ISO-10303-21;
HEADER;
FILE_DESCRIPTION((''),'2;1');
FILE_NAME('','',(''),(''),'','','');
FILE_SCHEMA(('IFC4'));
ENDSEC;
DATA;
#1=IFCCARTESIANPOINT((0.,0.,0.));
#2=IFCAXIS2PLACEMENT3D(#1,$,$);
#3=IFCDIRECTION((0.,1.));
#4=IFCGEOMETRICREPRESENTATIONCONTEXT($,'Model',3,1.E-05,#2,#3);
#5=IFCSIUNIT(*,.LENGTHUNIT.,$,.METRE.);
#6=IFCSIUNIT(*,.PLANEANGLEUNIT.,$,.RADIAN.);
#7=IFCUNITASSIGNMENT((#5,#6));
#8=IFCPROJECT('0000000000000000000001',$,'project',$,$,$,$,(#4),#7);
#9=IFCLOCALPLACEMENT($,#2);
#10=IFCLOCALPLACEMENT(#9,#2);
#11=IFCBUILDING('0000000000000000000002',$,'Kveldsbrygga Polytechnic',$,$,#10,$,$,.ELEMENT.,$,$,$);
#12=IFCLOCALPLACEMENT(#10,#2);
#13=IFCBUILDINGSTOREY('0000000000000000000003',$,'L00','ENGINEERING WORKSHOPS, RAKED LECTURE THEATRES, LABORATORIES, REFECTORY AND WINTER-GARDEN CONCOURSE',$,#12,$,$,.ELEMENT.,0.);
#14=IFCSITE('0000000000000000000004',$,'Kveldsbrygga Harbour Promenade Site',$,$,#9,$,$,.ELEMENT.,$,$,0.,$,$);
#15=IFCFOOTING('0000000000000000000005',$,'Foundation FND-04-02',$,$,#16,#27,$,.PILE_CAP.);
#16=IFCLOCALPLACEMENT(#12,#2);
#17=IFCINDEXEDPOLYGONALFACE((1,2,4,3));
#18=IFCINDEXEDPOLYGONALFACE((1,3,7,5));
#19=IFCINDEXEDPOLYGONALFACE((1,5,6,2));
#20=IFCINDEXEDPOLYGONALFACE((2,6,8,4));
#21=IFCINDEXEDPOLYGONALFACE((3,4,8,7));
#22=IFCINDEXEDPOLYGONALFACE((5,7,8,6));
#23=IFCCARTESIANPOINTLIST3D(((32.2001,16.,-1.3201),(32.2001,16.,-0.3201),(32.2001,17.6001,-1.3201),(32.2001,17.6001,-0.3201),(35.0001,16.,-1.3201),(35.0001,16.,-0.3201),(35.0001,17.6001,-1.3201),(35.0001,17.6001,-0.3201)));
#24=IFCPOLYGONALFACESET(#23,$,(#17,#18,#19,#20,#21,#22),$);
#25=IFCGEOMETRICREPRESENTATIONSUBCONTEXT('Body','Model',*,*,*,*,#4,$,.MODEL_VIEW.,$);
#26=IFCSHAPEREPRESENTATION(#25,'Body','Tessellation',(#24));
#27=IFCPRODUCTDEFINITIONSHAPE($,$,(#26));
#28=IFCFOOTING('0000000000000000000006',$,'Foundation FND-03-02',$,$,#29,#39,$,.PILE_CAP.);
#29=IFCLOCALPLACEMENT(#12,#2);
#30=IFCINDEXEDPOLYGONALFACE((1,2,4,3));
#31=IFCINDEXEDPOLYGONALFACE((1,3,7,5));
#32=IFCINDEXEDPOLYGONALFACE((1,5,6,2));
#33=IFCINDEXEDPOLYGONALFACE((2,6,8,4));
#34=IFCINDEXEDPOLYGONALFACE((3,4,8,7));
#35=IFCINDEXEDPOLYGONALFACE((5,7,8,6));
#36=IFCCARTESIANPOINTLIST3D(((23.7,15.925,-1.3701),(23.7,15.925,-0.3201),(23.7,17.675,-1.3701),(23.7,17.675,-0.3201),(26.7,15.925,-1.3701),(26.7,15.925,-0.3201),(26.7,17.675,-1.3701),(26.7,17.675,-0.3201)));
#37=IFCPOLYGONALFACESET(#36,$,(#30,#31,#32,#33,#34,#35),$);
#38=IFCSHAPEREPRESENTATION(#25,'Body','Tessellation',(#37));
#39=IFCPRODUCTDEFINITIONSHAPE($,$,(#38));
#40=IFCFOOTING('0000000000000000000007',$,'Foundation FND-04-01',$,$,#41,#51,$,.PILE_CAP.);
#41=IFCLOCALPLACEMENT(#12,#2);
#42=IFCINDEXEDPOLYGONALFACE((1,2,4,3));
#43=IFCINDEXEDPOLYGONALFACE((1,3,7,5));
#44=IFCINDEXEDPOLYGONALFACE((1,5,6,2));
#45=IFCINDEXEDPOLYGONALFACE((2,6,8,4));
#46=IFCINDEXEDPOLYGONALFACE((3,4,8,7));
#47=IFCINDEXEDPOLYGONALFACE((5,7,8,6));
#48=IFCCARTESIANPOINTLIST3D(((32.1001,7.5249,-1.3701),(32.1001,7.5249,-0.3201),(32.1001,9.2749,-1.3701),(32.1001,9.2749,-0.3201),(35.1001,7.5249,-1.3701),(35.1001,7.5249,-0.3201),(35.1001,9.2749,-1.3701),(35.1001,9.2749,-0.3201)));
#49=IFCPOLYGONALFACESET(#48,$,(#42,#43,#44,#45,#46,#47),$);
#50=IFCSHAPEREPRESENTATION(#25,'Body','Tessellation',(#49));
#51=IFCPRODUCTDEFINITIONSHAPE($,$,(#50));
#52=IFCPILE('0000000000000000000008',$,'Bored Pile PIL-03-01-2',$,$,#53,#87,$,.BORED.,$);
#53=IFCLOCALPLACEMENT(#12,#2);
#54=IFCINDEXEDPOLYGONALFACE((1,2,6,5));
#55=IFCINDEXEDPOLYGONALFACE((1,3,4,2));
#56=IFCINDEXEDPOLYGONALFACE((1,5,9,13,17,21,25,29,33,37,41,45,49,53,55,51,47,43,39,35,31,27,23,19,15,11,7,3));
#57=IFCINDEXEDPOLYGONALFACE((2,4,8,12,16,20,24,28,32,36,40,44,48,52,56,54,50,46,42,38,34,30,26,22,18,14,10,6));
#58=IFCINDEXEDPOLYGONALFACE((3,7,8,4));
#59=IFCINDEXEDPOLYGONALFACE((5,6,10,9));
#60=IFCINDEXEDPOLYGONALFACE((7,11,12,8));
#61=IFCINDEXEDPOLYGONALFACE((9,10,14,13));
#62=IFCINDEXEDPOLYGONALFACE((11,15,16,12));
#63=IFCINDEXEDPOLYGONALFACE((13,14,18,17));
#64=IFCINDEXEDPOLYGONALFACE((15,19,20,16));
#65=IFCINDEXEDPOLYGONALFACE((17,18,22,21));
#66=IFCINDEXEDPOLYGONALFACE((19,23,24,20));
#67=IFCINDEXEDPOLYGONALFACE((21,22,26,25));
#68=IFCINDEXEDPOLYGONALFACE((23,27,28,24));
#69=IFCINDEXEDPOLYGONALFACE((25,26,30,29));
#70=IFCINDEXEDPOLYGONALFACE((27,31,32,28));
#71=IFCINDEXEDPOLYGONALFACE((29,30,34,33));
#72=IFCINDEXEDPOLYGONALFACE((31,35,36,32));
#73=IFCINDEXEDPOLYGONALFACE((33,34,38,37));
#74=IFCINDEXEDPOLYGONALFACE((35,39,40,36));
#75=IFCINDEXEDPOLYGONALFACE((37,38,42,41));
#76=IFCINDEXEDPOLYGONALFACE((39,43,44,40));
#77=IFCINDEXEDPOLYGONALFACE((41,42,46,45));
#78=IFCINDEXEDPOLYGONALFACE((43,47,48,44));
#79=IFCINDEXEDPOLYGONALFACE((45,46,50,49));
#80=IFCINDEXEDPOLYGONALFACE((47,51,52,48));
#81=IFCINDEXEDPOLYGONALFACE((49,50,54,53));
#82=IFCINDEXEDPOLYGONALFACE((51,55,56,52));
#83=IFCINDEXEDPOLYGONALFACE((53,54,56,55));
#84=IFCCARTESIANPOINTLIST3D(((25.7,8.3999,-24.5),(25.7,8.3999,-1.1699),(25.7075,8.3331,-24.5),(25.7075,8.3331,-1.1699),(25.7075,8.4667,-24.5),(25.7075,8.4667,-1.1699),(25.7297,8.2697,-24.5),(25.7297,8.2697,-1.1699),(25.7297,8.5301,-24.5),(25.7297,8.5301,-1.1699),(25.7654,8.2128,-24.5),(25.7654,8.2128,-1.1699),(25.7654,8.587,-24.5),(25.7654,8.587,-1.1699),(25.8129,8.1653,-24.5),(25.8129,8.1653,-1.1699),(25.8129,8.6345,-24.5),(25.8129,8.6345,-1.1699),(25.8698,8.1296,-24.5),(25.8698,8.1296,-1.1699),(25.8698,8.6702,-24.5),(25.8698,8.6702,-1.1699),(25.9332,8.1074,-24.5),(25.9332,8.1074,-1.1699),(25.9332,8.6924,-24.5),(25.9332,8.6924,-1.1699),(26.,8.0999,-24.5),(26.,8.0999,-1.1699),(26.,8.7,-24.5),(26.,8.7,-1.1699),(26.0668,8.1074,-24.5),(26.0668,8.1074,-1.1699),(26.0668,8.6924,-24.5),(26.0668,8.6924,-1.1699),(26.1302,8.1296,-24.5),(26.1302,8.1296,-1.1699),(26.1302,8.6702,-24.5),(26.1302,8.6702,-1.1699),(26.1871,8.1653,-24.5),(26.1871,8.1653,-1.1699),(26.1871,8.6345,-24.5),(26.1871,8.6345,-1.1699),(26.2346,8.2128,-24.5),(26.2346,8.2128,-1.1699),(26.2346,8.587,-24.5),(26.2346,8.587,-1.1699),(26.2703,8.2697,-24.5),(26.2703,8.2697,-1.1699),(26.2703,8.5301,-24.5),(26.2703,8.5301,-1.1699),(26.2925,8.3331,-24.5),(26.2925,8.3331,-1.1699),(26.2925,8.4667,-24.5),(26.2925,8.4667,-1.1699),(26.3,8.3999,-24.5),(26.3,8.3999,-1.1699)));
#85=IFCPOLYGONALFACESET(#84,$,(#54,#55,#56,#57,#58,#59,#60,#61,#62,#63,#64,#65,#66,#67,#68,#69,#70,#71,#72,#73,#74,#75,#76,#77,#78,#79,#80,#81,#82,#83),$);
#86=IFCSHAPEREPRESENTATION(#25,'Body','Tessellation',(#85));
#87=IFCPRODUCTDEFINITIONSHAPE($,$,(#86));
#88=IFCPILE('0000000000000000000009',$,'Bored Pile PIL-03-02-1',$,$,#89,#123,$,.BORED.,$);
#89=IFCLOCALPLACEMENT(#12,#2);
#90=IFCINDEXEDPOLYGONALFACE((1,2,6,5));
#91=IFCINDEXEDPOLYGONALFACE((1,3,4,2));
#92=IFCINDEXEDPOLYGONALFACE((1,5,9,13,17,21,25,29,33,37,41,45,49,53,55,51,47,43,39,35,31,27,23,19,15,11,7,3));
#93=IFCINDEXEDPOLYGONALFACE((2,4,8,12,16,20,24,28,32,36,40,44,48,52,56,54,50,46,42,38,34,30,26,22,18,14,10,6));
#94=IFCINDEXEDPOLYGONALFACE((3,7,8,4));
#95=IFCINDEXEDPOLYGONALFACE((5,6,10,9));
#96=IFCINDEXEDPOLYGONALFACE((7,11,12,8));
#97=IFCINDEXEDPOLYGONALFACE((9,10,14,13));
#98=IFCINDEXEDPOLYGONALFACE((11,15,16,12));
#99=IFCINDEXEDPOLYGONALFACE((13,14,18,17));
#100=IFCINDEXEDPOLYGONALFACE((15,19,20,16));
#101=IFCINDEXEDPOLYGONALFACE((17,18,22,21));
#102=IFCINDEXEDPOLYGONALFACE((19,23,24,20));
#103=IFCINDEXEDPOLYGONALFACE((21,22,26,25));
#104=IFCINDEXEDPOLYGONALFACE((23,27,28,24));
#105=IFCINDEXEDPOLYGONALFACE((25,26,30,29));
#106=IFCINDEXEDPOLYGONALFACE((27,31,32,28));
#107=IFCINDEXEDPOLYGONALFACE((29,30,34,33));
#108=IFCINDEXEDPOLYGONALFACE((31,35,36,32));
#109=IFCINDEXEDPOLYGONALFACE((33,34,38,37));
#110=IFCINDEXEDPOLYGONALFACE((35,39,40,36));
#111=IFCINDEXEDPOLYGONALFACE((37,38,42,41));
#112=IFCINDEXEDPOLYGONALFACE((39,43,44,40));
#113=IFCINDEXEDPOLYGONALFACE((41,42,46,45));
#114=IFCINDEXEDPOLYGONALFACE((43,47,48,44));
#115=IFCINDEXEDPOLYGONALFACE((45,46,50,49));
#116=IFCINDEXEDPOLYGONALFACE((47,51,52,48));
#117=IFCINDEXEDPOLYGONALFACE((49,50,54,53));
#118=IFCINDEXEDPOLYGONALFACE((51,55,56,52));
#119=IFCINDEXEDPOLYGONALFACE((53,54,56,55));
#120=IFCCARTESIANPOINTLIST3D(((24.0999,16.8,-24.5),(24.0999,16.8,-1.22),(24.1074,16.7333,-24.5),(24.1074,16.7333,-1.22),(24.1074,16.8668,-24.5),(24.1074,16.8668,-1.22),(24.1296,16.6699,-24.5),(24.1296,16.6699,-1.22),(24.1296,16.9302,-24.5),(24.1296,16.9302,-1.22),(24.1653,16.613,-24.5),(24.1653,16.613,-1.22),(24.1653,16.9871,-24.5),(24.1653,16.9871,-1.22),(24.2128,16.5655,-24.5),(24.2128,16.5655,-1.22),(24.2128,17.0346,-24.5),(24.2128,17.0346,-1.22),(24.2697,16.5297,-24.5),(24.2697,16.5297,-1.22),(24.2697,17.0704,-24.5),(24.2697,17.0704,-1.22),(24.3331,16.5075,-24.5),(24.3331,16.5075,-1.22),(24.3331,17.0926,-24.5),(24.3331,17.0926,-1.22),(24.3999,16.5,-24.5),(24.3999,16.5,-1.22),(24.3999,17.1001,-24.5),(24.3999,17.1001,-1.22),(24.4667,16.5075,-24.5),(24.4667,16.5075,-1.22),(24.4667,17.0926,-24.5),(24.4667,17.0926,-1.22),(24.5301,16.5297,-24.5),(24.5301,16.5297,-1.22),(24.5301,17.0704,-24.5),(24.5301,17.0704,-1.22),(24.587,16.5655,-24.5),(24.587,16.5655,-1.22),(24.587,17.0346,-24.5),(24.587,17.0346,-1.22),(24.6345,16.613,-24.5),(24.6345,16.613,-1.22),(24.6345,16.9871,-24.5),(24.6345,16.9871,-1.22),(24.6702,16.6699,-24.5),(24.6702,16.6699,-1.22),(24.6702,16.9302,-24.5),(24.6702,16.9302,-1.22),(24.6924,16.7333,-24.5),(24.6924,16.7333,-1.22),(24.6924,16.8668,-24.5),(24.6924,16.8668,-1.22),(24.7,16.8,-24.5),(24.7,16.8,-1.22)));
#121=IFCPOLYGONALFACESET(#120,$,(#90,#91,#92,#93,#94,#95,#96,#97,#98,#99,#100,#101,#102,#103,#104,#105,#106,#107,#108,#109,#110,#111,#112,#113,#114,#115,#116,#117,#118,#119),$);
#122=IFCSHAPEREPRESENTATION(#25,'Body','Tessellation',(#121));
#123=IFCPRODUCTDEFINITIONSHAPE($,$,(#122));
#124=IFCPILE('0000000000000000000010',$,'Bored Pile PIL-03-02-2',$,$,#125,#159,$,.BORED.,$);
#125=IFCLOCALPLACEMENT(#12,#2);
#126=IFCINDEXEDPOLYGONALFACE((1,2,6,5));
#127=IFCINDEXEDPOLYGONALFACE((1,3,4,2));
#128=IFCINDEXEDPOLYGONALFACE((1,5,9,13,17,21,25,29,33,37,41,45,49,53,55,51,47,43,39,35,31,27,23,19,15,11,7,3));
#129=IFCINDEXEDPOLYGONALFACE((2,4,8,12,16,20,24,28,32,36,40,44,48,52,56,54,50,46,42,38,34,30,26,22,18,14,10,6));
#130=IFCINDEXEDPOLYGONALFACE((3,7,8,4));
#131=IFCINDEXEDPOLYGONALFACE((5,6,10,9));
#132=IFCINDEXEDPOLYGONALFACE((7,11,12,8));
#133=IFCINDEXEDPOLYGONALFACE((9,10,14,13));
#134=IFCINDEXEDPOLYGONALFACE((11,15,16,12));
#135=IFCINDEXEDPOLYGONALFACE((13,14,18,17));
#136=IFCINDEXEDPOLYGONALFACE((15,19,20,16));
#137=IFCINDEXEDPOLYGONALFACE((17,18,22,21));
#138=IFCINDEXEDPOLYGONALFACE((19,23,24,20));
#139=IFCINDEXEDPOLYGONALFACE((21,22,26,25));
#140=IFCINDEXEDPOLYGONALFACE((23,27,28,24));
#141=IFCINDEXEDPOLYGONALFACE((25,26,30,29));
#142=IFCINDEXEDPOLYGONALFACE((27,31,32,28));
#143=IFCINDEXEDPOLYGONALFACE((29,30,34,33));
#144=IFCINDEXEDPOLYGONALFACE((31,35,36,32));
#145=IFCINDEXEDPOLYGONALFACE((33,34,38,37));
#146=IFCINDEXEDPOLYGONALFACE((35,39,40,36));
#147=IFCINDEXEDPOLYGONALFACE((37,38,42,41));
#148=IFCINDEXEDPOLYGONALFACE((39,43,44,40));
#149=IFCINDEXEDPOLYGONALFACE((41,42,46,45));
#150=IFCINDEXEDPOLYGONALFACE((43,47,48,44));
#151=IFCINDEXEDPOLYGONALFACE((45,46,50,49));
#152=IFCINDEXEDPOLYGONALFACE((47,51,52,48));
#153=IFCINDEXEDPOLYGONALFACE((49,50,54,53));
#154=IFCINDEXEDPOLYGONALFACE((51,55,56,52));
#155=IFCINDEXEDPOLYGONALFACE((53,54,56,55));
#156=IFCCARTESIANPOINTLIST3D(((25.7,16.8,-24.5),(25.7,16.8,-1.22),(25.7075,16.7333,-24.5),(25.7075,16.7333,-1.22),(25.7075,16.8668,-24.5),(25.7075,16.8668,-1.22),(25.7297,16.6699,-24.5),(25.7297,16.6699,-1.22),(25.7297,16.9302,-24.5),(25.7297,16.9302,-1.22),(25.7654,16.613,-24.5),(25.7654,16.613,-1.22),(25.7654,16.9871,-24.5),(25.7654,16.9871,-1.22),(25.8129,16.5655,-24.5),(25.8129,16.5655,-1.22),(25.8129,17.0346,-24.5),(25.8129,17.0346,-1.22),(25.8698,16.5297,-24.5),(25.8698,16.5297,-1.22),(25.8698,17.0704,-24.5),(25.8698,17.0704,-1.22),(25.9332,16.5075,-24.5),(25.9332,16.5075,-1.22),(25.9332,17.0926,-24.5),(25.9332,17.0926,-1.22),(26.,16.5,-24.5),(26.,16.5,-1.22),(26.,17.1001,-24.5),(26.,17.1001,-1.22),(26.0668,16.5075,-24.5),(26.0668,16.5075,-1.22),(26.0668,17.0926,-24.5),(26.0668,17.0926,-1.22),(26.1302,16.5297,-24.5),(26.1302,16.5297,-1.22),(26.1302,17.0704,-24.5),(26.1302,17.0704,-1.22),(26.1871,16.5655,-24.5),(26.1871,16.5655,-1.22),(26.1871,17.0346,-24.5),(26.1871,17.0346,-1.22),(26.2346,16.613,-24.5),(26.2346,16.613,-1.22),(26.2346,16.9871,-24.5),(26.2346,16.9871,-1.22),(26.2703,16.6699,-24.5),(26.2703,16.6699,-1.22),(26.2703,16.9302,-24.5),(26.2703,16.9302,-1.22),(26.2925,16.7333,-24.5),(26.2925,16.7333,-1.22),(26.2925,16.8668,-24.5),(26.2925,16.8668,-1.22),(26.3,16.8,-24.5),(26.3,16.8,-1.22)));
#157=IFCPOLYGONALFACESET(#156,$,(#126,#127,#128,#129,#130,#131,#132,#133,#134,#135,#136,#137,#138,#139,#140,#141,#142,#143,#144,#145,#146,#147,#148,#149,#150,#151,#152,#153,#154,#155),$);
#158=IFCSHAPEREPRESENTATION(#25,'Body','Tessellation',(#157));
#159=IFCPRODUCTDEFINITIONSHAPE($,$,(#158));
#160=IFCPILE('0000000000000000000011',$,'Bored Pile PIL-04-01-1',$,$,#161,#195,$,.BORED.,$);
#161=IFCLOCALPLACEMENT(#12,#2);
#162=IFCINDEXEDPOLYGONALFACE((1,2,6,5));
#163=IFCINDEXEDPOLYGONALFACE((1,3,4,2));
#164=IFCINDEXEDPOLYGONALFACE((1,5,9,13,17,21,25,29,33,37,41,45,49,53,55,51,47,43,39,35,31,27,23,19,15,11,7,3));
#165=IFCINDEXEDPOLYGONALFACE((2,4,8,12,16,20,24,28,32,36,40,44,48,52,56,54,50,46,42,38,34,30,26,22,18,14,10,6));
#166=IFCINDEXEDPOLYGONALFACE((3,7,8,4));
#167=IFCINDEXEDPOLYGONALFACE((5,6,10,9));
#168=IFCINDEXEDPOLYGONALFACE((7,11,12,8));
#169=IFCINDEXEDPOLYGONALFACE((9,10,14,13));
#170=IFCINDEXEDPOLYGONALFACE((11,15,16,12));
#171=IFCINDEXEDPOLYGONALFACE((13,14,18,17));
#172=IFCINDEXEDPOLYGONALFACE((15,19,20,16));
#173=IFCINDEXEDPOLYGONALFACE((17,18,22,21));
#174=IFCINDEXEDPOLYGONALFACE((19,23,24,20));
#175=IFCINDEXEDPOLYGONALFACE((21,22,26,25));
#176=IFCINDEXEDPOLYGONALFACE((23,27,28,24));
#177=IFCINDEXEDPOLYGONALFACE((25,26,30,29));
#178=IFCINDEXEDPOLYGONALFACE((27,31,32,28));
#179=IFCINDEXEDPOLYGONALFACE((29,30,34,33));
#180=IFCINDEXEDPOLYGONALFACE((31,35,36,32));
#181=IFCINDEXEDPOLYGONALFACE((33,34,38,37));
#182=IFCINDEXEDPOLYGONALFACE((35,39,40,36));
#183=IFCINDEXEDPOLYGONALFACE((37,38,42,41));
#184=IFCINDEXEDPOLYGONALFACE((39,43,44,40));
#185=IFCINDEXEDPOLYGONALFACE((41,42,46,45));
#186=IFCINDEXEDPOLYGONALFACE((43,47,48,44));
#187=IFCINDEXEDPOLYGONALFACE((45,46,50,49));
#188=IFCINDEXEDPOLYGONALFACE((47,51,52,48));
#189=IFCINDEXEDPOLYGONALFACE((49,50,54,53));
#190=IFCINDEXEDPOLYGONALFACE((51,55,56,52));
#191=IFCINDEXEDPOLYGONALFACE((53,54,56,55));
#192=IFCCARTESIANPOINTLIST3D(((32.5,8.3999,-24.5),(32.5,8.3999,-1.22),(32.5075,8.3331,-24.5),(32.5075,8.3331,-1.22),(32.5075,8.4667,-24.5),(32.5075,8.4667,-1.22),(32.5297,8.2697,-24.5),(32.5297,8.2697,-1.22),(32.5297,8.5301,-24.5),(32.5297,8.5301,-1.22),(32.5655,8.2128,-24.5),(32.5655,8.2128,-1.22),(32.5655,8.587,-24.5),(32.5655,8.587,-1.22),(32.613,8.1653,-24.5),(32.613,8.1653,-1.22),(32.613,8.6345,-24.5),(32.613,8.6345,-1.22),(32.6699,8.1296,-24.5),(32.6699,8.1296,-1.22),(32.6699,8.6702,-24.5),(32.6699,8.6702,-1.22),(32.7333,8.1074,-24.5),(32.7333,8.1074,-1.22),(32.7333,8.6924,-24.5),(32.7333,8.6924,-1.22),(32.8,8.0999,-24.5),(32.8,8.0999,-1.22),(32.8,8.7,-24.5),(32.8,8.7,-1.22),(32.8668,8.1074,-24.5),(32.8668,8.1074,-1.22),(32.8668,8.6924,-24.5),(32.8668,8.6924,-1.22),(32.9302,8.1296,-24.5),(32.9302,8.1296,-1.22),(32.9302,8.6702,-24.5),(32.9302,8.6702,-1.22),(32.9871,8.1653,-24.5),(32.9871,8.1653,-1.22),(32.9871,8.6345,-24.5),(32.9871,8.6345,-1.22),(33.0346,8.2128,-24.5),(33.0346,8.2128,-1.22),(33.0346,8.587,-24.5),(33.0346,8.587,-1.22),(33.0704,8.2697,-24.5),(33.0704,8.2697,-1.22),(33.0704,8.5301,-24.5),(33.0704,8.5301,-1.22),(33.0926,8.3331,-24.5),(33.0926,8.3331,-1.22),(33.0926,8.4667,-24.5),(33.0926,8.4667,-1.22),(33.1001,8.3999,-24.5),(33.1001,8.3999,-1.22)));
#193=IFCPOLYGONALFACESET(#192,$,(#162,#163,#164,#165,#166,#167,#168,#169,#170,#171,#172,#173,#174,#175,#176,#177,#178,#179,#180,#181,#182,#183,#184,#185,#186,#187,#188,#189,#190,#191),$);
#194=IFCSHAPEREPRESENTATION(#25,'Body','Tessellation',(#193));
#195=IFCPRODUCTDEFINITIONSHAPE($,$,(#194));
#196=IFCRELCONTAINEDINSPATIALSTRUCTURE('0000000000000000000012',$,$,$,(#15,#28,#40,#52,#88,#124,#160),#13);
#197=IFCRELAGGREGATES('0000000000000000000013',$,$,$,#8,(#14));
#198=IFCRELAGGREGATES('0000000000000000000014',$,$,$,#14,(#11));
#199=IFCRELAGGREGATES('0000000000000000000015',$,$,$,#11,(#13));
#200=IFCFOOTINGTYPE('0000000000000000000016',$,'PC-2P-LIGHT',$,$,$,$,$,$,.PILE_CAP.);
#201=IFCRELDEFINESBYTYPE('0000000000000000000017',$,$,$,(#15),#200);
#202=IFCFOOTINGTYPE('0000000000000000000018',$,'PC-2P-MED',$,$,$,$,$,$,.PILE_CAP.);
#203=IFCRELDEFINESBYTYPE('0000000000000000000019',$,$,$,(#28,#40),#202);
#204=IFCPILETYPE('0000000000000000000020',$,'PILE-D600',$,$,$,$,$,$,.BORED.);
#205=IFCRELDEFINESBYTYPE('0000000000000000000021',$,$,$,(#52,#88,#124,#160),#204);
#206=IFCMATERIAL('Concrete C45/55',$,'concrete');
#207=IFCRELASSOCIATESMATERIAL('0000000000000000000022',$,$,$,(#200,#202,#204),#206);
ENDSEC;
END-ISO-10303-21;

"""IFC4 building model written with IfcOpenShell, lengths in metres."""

from ifc_helpers import new_model, si_unit, direction, frame, origin, origin_2d, place, context, subcontext, project, spatial, rectangle, circle, extrude, material, material_profile, profile_set, type_object, element, save


model = new_model("IFC4")

# Units and contexts
model_context = context("Model", 3, precision=1e-05, world=origin(), true_north=direction((0.0, 1.0)))
body_context = subcontext(model_context, "Body", "Model", "MODEL_VIEW")
ifc_project = project(units=[si_unit("LENGTHUNIT", "METRE"), si_unit("PLANEANGLEUNIT", "RADIAN")], contexts=[model_context])

# Site, building, storey
site_placement = place(None, origin())
site = spatial("IfcSite", under=ifc_project, at=site_placement, Name="Kveldsbrygga Harbour Promenade Site", CompositionType="ELEMENT", RefElevation=0.0)
building_placement = place(site_placement, origin())
building = spatial("IfcBuilding", under=site, at=building_placement, Name="Kveldsbrygga Polytechnic", CompositionType="ELEMENT")
storey_placement = place(building_placement, origin())
storey = spatial("IfcBuildingStorey", under=building, at=storey_placement, Name="L00", Description="ENGINEERING WORKSHOPS, RAKED LECTURE THEATRES, LABORATORIES, REFECTORY AND WINTER-GARDEN CONCOURSE", CompositionType="ELEMENT", Elevation=0.0)

# Footings
ifc_material_1 = material(Name="Concrete C45/55", Category="concrete")
footing_type_1 = type_object("IfcFootingType", Name="PC-2P-LIGHT", PredefinedType="PILE_CAP", material=ifc_material_1)
footing_placement = place(storey_placement, frame((33.6001, 16.8, -1.3201), z_axis=(0.0, 0.0, 1.0), x_axis=(1.0, 0.0, 0.0)))
element("IfcFooting", 1, at=footing_placement, inside=storey, type_object=footing_type_1, Name="Foundation FND-04-02", PredefinedType="PILE_CAP", context=body_context, shape_type="SweptSolid", body=[
    extrude(rectangle(XDim=2.8, YDim=1.6001, at=origin_2d()), origin(), (0.0, 0.0, 1.0), 1.0),
])
footing_type_2 = type_object("IfcFootingType", Name="PC-2P-MED", PredefinedType="PILE_CAP", material=ifc_material_1)
for number, where, z_axis, x_axis, name in (
    (2, (25.2, 16.8, -1.3701), (0.0, 0.0, 1.0), (1.0, 0.0, 0.0), "Foundation FND-03-02"),
    (3, (33.6001, 8.3999, -1.3701), (0.0, 0.0, 1.0), (1.0, 0.0, 0.0), "Foundation FND-04-01"),
):
    element("IfcFooting", number, at=place(storey_placement, frame(where, z_axis=z_axis, x_axis=x_axis)), inside=storey, type_object=footing_type_2, Name=name, PredefinedType="PILE_CAP", context=body_context, shape_type="SweptSolid", body=[
        extrude(rectangle(XDim=3.0, YDim=1.75, at=origin_2d()), origin(), (0.0, 0.0, 1.0), 1.05),
    ])

# Piles
ifc_material_profile_1 = material_profile(ifc_material_1, circle(Radius=0.3, at=origin_2d()), Name="PILE D600")
ifc_profile_set_1 = profile_set([ifc_material_profile_1], Name="Concrete C45/55")
pile_type = type_object("IfcPileType", Name="PILE-D600", PredefinedType="BORED", material=ifc_profile_set_1)
pile_1_placement = place(storey_placement, frame((26.0, 8.3999, -1.1699), z_axis=(0.0, 0.0, -1.0), x_axis=(1.0, 0.0, 0.0)))
element("IfcPile", 4, at=pile_1_placement, inside=storey, type_object=pile_type, Name="Bored Pile PIL-03-01-2", PredefinedType="BORED", context=body_context, shape_type="SweptSolid", body=[
    extrude(circle(Radius=0.3, at=origin_2d()), origin(), (0.0, 0.0, 1.0), 23.3301),
])
for number, where, z_axis, x_axis, name in (
    (5, (24.3999, 16.8, -1.22), (0.0, 0.0, -1.0), (1.0, 0.0, 0.0), "Bored Pile PIL-03-02-1"),
    (6, (26.0, 16.8, -1.22), (0.0, 0.0, -1.0), (1.0, 0.0, 0.0), "Bored Pile PIL-03-02-2"),
    (7, (32.8, 8.3999, -1.22), (0.0, 0.0, -1.0), (1.0, 0.0, 0.0), "Bored Pile PIL-04-01-1"),
):
    element("IfcPile", number, at=place(storey_placement, frame(where, z_axis=z_axis, x_axis=x_axis)), inside=storey, type_object=pile_type, Name=name, PredefinedType="BORED", context=body_context, shape_type="SweptSolid", body=[
        extrude(circle(Radius=0.3, at=origin_2d()), origin(), (0.0, 0.0, 1.0), 23.28),
    ])

save(model, "model.ifc")
